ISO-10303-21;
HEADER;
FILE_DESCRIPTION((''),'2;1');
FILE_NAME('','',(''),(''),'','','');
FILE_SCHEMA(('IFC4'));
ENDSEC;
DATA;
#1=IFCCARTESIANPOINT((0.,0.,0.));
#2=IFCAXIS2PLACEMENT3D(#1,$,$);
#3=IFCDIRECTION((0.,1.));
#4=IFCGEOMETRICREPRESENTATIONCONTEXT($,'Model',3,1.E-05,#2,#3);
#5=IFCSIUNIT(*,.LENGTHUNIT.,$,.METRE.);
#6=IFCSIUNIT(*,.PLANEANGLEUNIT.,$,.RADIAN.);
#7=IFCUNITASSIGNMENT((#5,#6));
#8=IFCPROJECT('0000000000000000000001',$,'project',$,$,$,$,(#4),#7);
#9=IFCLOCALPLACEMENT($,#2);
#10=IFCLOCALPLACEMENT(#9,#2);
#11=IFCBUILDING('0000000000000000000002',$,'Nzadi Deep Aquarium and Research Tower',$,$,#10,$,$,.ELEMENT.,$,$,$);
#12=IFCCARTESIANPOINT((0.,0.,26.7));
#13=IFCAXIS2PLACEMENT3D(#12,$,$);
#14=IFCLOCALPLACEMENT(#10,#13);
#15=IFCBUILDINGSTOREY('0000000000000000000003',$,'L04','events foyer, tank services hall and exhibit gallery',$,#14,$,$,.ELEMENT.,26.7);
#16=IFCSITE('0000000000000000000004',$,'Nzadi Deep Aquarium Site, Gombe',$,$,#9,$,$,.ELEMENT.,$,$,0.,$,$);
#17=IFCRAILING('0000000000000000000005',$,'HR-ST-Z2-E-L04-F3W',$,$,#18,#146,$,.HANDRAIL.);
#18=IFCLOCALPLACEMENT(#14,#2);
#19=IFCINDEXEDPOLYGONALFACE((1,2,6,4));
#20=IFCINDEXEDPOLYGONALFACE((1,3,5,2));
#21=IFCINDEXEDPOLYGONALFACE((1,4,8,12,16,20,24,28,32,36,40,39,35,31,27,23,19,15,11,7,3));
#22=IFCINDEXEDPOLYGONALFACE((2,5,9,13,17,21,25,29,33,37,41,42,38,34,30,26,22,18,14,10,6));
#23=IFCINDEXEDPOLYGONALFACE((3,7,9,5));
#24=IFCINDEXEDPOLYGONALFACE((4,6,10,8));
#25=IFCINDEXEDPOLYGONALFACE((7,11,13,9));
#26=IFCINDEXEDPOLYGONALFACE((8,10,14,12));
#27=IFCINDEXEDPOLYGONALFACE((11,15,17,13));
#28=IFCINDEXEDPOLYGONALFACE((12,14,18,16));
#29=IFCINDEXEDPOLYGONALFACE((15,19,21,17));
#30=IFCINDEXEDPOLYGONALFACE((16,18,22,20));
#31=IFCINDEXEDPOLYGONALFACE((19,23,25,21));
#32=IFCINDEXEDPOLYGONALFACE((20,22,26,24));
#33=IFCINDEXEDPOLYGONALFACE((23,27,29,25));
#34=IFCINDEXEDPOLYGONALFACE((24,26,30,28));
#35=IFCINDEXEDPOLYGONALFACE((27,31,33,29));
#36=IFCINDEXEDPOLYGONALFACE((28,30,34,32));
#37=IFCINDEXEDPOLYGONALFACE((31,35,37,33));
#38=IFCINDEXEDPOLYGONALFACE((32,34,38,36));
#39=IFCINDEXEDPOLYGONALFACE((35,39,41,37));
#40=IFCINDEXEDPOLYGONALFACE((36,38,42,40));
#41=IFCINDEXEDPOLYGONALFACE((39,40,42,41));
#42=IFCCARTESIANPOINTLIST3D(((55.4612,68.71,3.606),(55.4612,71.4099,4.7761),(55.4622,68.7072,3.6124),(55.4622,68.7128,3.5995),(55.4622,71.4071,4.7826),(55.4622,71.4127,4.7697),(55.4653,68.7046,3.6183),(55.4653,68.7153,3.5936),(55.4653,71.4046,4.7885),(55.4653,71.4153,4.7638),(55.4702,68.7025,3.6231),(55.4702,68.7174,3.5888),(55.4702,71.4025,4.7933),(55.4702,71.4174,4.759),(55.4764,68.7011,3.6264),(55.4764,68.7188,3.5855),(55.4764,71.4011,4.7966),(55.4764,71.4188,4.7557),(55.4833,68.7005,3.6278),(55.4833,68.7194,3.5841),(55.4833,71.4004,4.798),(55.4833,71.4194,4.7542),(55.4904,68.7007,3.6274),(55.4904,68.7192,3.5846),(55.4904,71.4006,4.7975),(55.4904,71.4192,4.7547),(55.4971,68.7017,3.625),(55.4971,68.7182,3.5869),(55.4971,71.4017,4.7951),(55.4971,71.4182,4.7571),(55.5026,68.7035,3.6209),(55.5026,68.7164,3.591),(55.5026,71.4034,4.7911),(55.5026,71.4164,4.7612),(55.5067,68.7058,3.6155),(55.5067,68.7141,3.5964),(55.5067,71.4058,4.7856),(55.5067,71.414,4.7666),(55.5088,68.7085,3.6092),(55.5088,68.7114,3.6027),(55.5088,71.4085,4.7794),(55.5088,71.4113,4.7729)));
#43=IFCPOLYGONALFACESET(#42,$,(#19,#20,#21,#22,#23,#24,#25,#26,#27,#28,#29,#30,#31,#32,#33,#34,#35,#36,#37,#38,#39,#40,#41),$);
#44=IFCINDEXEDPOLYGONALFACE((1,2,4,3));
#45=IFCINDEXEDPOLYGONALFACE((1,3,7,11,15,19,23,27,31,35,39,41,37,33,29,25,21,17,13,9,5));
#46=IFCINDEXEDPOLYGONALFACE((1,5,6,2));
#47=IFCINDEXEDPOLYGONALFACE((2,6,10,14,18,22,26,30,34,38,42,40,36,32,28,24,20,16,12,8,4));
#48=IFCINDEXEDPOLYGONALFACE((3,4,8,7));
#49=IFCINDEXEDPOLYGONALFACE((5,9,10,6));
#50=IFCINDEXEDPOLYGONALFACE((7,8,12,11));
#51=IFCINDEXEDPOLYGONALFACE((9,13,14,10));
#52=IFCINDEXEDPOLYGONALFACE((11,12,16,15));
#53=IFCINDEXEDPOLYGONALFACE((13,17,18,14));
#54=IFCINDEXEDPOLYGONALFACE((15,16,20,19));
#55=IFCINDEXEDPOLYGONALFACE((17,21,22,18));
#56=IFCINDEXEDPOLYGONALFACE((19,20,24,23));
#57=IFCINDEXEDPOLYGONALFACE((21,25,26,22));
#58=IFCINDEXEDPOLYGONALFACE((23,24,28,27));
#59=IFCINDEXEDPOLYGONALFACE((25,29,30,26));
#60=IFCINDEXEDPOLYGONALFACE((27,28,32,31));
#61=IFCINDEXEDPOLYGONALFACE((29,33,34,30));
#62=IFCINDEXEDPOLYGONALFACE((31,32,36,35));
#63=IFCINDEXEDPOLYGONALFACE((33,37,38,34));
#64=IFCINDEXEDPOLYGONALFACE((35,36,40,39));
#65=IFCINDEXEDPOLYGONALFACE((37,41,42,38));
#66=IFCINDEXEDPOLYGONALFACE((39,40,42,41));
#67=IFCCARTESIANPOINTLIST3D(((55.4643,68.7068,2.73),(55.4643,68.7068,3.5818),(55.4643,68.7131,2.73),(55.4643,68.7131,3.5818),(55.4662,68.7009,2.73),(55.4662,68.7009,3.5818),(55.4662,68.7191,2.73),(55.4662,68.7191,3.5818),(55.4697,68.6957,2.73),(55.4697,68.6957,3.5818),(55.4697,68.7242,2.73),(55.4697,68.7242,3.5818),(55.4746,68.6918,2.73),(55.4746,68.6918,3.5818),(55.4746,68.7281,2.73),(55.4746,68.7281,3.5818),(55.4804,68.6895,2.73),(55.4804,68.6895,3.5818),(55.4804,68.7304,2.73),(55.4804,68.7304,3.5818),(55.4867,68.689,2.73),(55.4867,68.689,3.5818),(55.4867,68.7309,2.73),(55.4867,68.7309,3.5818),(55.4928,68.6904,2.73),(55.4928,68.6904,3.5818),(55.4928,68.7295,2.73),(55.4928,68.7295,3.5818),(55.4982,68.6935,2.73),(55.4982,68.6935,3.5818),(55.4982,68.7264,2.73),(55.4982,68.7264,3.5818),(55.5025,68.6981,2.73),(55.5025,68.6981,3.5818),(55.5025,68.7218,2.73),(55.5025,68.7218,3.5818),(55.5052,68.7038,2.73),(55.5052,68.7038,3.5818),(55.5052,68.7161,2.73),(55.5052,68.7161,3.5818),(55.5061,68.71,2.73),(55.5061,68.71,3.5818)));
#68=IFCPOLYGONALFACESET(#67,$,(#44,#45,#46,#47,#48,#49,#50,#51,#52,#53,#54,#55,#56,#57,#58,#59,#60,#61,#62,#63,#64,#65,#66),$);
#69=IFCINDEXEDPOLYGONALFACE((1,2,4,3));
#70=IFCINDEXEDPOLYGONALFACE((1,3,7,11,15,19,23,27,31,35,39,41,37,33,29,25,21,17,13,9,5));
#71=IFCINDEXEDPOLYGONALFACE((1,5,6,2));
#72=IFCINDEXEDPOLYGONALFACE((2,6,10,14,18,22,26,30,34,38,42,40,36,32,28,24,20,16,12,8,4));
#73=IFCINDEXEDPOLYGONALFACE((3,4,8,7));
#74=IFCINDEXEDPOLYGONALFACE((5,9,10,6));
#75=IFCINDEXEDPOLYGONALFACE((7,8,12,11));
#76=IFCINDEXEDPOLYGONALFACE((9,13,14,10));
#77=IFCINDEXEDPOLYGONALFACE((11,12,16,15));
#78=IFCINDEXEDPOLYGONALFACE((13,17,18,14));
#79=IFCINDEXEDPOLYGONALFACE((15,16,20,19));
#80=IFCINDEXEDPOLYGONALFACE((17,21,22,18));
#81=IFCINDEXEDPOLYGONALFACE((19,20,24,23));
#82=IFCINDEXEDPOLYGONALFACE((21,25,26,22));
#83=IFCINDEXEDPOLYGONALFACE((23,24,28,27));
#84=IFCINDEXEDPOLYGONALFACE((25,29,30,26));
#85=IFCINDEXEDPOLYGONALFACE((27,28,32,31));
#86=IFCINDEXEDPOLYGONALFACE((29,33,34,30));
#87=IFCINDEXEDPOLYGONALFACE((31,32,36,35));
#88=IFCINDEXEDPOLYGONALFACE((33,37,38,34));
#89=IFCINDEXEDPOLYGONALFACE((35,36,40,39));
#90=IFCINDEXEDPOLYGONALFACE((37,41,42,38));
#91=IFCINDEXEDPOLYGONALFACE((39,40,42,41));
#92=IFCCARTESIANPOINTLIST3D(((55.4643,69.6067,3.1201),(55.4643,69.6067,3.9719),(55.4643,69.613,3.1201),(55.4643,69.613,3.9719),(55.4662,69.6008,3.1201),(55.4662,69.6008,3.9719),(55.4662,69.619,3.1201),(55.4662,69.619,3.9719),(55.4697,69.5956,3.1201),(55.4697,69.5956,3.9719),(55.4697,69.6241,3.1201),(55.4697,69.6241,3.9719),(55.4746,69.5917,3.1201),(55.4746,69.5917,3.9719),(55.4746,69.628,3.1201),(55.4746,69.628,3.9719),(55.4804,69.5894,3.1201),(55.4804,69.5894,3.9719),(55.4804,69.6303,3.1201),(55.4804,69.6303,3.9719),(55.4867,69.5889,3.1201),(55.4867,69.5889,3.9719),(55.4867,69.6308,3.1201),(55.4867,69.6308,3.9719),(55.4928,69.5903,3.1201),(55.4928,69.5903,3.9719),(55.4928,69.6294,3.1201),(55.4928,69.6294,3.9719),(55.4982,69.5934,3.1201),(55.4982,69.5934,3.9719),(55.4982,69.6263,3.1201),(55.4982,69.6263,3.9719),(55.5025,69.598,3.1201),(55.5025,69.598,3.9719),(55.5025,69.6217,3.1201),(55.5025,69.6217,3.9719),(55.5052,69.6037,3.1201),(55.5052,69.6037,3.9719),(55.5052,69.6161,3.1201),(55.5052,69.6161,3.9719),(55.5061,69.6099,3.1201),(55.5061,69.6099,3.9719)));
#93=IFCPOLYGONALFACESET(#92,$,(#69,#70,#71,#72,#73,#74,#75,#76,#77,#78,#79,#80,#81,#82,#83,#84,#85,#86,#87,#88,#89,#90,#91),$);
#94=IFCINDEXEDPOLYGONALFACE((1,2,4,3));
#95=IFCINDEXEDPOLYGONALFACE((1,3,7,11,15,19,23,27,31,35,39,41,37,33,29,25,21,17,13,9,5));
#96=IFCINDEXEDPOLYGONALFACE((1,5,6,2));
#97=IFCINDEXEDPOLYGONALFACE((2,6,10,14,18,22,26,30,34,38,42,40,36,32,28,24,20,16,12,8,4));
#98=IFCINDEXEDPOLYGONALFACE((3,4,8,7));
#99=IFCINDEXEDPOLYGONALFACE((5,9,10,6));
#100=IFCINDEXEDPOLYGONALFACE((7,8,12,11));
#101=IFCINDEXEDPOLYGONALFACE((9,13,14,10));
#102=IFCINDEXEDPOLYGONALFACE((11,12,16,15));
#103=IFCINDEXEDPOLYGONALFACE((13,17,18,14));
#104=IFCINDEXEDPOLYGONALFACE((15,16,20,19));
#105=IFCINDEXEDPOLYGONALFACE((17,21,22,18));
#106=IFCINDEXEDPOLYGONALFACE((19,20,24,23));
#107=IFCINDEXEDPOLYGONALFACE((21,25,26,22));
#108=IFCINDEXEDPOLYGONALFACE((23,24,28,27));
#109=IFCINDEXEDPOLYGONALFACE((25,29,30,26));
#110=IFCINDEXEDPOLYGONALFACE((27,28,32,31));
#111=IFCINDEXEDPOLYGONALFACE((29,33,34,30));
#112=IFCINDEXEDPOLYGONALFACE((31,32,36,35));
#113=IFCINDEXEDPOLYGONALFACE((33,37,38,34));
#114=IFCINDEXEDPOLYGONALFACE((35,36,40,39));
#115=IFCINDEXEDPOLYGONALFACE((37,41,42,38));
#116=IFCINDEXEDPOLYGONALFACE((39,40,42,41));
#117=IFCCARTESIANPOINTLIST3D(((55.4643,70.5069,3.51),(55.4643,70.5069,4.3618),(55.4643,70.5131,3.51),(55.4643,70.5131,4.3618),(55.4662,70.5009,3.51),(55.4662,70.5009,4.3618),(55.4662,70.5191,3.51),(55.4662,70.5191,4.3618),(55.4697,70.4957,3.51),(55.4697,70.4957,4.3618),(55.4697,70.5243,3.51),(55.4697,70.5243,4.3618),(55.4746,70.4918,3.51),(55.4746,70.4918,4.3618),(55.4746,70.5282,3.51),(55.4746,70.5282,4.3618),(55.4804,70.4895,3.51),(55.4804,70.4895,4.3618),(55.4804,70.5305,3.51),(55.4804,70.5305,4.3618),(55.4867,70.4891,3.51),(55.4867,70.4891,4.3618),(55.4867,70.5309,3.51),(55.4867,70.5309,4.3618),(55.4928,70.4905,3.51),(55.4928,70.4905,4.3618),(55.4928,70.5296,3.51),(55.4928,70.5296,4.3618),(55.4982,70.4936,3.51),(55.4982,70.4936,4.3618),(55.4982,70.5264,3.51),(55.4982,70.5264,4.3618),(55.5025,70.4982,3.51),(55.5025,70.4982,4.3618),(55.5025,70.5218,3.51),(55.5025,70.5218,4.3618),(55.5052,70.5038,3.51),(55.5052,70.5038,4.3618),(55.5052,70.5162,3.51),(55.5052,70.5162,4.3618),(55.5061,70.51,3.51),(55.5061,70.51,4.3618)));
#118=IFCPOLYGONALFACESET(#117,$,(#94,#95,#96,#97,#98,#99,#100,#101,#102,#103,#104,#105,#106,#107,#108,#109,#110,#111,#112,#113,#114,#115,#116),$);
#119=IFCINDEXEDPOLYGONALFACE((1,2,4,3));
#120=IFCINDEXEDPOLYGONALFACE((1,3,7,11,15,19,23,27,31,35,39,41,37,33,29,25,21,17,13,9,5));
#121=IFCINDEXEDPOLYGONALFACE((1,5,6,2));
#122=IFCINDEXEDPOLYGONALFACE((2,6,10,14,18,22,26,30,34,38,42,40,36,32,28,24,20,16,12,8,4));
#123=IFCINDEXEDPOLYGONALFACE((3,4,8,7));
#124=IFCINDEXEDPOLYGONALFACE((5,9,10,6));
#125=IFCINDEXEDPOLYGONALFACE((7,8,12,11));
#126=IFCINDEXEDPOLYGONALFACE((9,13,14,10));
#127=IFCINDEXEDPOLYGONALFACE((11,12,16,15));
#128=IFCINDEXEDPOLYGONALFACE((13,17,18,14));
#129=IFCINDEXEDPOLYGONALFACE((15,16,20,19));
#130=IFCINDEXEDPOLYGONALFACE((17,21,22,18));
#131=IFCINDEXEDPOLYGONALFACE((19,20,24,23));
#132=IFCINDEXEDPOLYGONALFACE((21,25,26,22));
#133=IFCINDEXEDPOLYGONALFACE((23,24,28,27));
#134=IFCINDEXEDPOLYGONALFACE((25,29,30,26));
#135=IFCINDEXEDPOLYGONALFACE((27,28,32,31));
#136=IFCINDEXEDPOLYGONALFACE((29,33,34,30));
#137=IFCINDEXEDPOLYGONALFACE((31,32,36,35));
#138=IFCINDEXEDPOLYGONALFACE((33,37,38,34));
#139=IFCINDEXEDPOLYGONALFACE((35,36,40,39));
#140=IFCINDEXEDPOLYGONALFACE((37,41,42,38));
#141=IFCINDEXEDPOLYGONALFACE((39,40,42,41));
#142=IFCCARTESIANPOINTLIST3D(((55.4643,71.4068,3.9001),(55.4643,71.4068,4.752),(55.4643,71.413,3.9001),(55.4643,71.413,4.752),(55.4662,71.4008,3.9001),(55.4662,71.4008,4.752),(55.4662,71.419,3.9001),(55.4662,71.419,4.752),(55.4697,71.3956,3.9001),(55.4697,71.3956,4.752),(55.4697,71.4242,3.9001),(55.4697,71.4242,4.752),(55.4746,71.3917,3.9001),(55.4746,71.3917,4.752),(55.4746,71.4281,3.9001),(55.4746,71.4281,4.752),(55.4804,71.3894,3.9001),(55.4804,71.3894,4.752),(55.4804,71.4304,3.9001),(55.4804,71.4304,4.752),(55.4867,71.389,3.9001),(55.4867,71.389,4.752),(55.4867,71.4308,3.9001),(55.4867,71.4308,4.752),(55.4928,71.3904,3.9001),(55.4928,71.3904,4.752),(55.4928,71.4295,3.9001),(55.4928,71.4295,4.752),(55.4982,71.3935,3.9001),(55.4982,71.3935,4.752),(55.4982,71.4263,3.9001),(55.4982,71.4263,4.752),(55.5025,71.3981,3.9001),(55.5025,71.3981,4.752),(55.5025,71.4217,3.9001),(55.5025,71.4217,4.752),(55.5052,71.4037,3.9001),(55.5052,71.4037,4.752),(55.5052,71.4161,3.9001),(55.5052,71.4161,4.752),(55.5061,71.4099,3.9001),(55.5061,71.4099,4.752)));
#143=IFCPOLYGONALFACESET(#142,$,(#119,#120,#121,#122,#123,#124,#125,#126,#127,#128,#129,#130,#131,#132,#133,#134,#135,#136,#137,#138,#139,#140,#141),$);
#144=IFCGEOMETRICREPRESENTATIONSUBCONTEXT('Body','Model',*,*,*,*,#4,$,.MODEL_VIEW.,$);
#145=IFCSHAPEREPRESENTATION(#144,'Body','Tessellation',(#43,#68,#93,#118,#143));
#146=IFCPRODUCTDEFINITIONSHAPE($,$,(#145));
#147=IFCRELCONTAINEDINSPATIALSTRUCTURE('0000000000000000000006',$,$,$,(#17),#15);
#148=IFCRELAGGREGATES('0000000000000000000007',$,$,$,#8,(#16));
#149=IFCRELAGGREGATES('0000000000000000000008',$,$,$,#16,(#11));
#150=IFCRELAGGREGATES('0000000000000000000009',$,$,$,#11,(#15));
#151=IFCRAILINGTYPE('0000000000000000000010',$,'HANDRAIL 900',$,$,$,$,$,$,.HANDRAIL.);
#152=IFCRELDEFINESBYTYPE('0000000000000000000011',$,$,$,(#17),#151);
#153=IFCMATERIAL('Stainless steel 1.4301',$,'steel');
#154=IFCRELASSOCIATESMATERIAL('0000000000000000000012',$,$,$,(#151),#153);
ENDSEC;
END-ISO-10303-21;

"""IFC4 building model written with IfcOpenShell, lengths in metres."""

from ifc_helpers import new_model, si_unit, direction, frame, origin, origin_2d, place, context, subcontext, project, spatial, circle, extrude, material, type_object, element, save


model = new_model("IFC4")

# Units and contexts
model_context = context("Model", 3, precision=1e-05, world=origin(), true_north=direction((0.0, 1.0)))
body_context = subcontext(model_context, "Body", "Model", "MODEL_VIEW")
ifc_project = project(units=[si_unit("LENGTHUNIT", "METRE"), si_unit("PLANEANGLEUNIT", "RADIAN")], contexts=[model_context])

# Site, building, storey
site_placement = place(None, origin())
site = spatial("IfcSite", under=ifc_project, at=site_placement, Name="Nzadi Deep Aquarium Site, Gombe", CompositionType="ELEMENT", RefElevation=0.0)
building_placement = place(site_placement, origin())
building = spatial("IfcBuilding", under=site, at=building_placement, Name="Nzadi Deep Aquarium and Research Tower", CompositionType="ELEMENT")
storey_placement = place(building_placement, frame((0.0, 0.0, 26.7)))
storey = spatial("IfcBuildingStorey", under=building, at=storey_placement, Name="L04", Description="events foyer, tank services hall and exhibit gallery", CompositionType="ELEMENT", Elevation=26.7)

# Railing
ifc_material_1 = material(Name="Stainless steel 1.4301", Category="steel")
railing_type_1 = type_object("IfcRailingType", Name="HANDRAIL 900", PredefinedType="HANDRAIL", material=ifc_material_1)
for number, where, name in (
    (1, (55.4851, 68.71, 2.73), "HR-ST-Z2-E-L04-F3W"),
):
    element("IfcRailing", number, at=place(storey_placement, frame(where)), inside=storey, type_object=railing_type_1, Name=name, PredefinedType="HANDRAIL", context=body_context, shape_type="SweptSolid", body=[
        extrude(circle(Radius=0.0239, at=origin_2d()), frame((0.0, 0.0, 0.876), z_axis=(0.0, 0.917532, 0.397661), x_axis=(-1.0, 0.0, 0.0)), (0.0, 0.0, 1.0), 2.9426),
        extrude(circle(Radius=0.021, at=origin_2d()), origin(), (0.0, 0.0, 1.0), 0.8518),
        extrude(circle(Radius=0.021, at=origin_2d()), frame((0.0, 0.8999, 0.3901)), (0.0, 0.0, 1.0), 0.8518),
        extrude(circle(Radius=0.021, at=origin_2d()), frame((0.0, 1.8, 0.78)), (0.0, 0.0, 1.0), 0.8518),
        extrude(circle(Radius=0.021, at=origin_2d()), frame((0.0, 2.7, 1.1702)), (0.0, 0.0, 1.0), 0.8518),
    ])

save(model, "model.ifc")
